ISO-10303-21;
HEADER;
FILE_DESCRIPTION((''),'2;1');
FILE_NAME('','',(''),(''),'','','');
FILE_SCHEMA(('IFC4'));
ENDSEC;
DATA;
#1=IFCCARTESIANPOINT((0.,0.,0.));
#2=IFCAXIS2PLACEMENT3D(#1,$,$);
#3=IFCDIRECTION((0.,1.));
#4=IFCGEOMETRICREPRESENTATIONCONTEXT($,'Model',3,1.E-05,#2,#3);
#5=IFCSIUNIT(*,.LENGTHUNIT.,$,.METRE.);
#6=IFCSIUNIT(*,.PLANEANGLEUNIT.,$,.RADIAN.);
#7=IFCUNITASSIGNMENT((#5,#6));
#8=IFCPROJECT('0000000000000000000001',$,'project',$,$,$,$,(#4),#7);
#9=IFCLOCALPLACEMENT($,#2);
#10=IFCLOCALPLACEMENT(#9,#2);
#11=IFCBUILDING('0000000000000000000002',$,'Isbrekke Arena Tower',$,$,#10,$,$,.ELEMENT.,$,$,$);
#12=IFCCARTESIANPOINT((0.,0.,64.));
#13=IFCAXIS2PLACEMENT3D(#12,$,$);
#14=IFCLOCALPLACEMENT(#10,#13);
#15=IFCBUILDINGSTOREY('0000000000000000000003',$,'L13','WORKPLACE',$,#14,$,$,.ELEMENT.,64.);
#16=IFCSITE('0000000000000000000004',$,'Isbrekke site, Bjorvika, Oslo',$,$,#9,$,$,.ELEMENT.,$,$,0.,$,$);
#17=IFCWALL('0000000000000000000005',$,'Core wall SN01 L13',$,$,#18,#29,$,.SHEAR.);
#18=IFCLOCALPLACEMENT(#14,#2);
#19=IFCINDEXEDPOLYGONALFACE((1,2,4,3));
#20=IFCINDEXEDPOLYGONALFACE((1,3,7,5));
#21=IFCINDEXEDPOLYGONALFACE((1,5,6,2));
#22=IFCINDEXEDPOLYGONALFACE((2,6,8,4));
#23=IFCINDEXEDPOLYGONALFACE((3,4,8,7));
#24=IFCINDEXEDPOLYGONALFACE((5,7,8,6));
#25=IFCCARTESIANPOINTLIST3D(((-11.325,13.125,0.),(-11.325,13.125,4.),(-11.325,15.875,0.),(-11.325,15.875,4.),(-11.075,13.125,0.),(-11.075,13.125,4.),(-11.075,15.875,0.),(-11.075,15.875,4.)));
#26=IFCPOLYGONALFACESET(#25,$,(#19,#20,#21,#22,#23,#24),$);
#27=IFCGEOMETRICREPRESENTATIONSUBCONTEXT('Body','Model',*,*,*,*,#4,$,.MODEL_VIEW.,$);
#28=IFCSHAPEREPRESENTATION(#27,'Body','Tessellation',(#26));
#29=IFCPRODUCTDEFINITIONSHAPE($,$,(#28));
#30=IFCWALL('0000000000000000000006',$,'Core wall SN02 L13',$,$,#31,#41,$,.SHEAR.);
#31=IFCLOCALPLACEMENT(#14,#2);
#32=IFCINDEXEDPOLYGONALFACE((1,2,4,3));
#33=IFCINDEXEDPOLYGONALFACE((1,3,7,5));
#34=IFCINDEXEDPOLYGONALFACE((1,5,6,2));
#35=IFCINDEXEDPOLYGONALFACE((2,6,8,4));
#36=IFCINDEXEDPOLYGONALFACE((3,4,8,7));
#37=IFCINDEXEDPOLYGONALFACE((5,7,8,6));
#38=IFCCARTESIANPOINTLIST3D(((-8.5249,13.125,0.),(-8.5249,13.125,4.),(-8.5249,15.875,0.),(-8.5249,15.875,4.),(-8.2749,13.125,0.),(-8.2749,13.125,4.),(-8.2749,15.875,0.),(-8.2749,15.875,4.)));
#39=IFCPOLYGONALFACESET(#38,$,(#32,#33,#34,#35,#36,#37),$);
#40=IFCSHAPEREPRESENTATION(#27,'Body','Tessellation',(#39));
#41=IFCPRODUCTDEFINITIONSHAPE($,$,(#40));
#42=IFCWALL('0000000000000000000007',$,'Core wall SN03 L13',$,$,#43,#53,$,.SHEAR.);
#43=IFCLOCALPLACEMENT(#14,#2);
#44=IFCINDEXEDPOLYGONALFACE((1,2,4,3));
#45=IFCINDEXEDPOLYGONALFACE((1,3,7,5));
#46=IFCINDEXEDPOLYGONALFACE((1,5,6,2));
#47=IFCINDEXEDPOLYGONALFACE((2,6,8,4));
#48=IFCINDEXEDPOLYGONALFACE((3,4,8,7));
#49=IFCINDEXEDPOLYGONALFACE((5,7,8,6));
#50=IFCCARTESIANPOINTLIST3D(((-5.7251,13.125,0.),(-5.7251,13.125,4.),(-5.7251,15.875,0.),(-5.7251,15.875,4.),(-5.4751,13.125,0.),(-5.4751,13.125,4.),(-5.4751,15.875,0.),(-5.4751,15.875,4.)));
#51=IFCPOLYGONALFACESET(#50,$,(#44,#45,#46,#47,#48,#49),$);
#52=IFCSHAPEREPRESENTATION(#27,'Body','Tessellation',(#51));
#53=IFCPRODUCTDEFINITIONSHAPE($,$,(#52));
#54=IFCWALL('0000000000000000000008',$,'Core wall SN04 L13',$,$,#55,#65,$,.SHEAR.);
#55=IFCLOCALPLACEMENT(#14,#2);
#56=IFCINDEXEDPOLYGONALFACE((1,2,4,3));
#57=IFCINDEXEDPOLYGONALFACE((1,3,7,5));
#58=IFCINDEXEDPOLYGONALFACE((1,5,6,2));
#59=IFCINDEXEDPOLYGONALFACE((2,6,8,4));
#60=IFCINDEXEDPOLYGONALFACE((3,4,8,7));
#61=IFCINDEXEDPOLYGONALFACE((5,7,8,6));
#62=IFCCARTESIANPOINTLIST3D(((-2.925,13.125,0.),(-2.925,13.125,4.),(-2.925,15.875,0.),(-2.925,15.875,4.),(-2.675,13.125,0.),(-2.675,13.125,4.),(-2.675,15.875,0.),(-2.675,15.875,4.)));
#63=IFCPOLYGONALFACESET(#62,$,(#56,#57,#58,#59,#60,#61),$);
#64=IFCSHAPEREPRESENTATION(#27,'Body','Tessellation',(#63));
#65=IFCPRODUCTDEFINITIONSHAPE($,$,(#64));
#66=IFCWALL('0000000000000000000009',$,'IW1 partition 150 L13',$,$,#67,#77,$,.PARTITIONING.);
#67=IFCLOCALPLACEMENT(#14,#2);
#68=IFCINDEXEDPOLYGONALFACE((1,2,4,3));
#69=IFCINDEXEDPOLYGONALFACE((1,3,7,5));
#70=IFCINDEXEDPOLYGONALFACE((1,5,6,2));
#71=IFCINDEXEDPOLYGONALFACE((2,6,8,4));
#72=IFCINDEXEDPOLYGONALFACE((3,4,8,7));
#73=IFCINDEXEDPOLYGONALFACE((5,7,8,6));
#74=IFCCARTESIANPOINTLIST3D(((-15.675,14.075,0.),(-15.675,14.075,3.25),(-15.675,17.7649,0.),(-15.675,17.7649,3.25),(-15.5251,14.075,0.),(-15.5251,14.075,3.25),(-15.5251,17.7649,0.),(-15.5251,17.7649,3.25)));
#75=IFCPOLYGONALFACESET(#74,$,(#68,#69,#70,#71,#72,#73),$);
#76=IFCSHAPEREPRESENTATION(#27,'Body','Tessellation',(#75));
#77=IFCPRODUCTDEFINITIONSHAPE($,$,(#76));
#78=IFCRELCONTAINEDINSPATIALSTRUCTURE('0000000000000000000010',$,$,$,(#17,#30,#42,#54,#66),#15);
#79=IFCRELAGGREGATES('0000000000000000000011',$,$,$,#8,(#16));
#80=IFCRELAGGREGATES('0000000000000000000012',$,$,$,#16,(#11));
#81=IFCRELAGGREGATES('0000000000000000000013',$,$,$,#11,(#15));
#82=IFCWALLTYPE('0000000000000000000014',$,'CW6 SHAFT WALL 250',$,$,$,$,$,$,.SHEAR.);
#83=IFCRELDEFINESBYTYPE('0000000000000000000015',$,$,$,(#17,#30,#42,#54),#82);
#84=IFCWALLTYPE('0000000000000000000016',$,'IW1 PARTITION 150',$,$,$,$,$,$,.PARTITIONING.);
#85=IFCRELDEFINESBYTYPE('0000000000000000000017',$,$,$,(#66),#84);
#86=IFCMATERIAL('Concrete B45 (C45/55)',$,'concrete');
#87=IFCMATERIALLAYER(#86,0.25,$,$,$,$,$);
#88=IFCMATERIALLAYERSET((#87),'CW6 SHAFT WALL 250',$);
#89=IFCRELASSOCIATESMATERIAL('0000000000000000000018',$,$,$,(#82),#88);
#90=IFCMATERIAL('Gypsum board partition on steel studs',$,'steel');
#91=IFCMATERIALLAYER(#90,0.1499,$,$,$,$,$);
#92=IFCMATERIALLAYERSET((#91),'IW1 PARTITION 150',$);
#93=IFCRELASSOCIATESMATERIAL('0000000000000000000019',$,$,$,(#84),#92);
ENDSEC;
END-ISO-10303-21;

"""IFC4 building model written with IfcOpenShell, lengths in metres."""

from ifc_helpers import new_model, si_unit, direction, frame, frame_2d, origin, place, context, subcontext, project, spatial, rectangle, extrude, material, layer, layer_set, type_object, element, save


model = new_model("IFC4")

# Units and contexts
model_context = context("Model", 3, precision=1e-05, world=origin(), true_north=direction((0.0, 1.0)))
body_context = subcontext(model_context, "Body", "Model", "MODEL_VIEW")
ifc_project = project(units=[si_unit("LENGTHUNIT", "METRE"), si_unit("PLANEANGLEUNIT", "RADIAN")], contexts=[model_context])

# Site, building, storey
site_placement = place(None, origin())
site = spatial("IfcSite", under=ifc_project, at=site_placement, Name="Isbrekke site, Bjorvika, Oslo", CompositionType="ELEMENT", RefElevation=0.0)
building_placement = place(site_placement, origin())
building = spatial("IfcBuilding", under=site, at=building_placement, Name="Isbrekke Arena Tower", CompositionType="ELEMENT")
storey_placement = place(building_placement, frame((0.0, 0.0, 64.0)))
storey = spatial("IfcBuildingStorey", under=building, at=storey_placement, Name="L13", Description="WORKPLACE", CompositionType="ELEMENT", Elevation=64.0)

# Shared definitions
ifc_material_1 = material(Name="Concrete B45 (C45/55)", Category="concrete")
ifc_layer_1 = layer(ifc_material_1, 0.25)
ifc_layer_set_1 = layer_set([ifc_layer_1], Name="CW6 SHAFT WALL 250")
wall_type_1 = type_object("IfcWallType", Name="CW6 SHAFT WALL 250", PredefinedType="SHEAR", material=ifc_layer_set_1)

# Walls
for number, where, z_axis, x_axis, name in (
    (1, (-11.2, 13.125, 0.0), (0.0, 0.0, 1.0), (0.0, 1.0, 0.0), "Core wall SN01 L13"),
    (2, (-8.3999, 13.125, 0.0), (0.0, 0.0, 1.0), (0.0, 1.0, 0.0), "Core wall SN02 L13"),
    (3, (-5.6001, 13.125, 0.0), (0.0, 0.0, 1.0), (0.0, 1.0, 0.0), "Core wall SN03 L13"),
    (4, (-2.8, 13.125, 0.0), (0.0, 0.0, 1.0), (0.0, 1.0, 0.0), "Core wall SN04 L13"),
):
    element("IfcWall", number, at=place(storey_placement, frame(where, z_axis=z_axis, x_axis=x_axis)), inside=storey, type_object=wall_type_1, Name=name, PredefinedType="SHEAR", context=body_context, shape_type="SweptSolid", body=[
        extrude(rectangle(XDim=2.75, YDim=0.25, at=frame_2d((1.375, 0.0))), origin(), (0.0, 0.0, 1.0), 4.0),
    ])
ifc_material_2 = material(Name="Gypsum board partition on steel studs", Category="steel")
ifc_layer_2 = layer(ifc_material_2, 0.1499)
ifc_layer_set_2 = layer_set([ifc_layer_2], Name="IW1 PARTITION 150")
wall_type_2 = type_object("IfcWallType", Name="IW1 PARTITION 150", PredefinedType="PARTITIONING", material=ifc_layer_set_2)
wall_1_placement = place(storey_placement, frame((-15.6001, 14.075, 0.0), z_axis=(0.0, 0.0, 1.0), x_axis=(0.0, 1.0, 0.0)))
element("IfcWall", 5, at=wall_1_placement, inside=storey, type_object=wall_type_2, Name="IW1 partition 150 L13", PredefinedType="PARTITIONING", context=body_context, shape_type="SweptSolid", body=[
    extrude(rectangle(XDim=3.6899, YDim=0.1499, at=frame_2d((1.845, 0.0))), origin(), (0.0, 0.0, 1.0), 3.25),
])

save(model, "model.ifc")
